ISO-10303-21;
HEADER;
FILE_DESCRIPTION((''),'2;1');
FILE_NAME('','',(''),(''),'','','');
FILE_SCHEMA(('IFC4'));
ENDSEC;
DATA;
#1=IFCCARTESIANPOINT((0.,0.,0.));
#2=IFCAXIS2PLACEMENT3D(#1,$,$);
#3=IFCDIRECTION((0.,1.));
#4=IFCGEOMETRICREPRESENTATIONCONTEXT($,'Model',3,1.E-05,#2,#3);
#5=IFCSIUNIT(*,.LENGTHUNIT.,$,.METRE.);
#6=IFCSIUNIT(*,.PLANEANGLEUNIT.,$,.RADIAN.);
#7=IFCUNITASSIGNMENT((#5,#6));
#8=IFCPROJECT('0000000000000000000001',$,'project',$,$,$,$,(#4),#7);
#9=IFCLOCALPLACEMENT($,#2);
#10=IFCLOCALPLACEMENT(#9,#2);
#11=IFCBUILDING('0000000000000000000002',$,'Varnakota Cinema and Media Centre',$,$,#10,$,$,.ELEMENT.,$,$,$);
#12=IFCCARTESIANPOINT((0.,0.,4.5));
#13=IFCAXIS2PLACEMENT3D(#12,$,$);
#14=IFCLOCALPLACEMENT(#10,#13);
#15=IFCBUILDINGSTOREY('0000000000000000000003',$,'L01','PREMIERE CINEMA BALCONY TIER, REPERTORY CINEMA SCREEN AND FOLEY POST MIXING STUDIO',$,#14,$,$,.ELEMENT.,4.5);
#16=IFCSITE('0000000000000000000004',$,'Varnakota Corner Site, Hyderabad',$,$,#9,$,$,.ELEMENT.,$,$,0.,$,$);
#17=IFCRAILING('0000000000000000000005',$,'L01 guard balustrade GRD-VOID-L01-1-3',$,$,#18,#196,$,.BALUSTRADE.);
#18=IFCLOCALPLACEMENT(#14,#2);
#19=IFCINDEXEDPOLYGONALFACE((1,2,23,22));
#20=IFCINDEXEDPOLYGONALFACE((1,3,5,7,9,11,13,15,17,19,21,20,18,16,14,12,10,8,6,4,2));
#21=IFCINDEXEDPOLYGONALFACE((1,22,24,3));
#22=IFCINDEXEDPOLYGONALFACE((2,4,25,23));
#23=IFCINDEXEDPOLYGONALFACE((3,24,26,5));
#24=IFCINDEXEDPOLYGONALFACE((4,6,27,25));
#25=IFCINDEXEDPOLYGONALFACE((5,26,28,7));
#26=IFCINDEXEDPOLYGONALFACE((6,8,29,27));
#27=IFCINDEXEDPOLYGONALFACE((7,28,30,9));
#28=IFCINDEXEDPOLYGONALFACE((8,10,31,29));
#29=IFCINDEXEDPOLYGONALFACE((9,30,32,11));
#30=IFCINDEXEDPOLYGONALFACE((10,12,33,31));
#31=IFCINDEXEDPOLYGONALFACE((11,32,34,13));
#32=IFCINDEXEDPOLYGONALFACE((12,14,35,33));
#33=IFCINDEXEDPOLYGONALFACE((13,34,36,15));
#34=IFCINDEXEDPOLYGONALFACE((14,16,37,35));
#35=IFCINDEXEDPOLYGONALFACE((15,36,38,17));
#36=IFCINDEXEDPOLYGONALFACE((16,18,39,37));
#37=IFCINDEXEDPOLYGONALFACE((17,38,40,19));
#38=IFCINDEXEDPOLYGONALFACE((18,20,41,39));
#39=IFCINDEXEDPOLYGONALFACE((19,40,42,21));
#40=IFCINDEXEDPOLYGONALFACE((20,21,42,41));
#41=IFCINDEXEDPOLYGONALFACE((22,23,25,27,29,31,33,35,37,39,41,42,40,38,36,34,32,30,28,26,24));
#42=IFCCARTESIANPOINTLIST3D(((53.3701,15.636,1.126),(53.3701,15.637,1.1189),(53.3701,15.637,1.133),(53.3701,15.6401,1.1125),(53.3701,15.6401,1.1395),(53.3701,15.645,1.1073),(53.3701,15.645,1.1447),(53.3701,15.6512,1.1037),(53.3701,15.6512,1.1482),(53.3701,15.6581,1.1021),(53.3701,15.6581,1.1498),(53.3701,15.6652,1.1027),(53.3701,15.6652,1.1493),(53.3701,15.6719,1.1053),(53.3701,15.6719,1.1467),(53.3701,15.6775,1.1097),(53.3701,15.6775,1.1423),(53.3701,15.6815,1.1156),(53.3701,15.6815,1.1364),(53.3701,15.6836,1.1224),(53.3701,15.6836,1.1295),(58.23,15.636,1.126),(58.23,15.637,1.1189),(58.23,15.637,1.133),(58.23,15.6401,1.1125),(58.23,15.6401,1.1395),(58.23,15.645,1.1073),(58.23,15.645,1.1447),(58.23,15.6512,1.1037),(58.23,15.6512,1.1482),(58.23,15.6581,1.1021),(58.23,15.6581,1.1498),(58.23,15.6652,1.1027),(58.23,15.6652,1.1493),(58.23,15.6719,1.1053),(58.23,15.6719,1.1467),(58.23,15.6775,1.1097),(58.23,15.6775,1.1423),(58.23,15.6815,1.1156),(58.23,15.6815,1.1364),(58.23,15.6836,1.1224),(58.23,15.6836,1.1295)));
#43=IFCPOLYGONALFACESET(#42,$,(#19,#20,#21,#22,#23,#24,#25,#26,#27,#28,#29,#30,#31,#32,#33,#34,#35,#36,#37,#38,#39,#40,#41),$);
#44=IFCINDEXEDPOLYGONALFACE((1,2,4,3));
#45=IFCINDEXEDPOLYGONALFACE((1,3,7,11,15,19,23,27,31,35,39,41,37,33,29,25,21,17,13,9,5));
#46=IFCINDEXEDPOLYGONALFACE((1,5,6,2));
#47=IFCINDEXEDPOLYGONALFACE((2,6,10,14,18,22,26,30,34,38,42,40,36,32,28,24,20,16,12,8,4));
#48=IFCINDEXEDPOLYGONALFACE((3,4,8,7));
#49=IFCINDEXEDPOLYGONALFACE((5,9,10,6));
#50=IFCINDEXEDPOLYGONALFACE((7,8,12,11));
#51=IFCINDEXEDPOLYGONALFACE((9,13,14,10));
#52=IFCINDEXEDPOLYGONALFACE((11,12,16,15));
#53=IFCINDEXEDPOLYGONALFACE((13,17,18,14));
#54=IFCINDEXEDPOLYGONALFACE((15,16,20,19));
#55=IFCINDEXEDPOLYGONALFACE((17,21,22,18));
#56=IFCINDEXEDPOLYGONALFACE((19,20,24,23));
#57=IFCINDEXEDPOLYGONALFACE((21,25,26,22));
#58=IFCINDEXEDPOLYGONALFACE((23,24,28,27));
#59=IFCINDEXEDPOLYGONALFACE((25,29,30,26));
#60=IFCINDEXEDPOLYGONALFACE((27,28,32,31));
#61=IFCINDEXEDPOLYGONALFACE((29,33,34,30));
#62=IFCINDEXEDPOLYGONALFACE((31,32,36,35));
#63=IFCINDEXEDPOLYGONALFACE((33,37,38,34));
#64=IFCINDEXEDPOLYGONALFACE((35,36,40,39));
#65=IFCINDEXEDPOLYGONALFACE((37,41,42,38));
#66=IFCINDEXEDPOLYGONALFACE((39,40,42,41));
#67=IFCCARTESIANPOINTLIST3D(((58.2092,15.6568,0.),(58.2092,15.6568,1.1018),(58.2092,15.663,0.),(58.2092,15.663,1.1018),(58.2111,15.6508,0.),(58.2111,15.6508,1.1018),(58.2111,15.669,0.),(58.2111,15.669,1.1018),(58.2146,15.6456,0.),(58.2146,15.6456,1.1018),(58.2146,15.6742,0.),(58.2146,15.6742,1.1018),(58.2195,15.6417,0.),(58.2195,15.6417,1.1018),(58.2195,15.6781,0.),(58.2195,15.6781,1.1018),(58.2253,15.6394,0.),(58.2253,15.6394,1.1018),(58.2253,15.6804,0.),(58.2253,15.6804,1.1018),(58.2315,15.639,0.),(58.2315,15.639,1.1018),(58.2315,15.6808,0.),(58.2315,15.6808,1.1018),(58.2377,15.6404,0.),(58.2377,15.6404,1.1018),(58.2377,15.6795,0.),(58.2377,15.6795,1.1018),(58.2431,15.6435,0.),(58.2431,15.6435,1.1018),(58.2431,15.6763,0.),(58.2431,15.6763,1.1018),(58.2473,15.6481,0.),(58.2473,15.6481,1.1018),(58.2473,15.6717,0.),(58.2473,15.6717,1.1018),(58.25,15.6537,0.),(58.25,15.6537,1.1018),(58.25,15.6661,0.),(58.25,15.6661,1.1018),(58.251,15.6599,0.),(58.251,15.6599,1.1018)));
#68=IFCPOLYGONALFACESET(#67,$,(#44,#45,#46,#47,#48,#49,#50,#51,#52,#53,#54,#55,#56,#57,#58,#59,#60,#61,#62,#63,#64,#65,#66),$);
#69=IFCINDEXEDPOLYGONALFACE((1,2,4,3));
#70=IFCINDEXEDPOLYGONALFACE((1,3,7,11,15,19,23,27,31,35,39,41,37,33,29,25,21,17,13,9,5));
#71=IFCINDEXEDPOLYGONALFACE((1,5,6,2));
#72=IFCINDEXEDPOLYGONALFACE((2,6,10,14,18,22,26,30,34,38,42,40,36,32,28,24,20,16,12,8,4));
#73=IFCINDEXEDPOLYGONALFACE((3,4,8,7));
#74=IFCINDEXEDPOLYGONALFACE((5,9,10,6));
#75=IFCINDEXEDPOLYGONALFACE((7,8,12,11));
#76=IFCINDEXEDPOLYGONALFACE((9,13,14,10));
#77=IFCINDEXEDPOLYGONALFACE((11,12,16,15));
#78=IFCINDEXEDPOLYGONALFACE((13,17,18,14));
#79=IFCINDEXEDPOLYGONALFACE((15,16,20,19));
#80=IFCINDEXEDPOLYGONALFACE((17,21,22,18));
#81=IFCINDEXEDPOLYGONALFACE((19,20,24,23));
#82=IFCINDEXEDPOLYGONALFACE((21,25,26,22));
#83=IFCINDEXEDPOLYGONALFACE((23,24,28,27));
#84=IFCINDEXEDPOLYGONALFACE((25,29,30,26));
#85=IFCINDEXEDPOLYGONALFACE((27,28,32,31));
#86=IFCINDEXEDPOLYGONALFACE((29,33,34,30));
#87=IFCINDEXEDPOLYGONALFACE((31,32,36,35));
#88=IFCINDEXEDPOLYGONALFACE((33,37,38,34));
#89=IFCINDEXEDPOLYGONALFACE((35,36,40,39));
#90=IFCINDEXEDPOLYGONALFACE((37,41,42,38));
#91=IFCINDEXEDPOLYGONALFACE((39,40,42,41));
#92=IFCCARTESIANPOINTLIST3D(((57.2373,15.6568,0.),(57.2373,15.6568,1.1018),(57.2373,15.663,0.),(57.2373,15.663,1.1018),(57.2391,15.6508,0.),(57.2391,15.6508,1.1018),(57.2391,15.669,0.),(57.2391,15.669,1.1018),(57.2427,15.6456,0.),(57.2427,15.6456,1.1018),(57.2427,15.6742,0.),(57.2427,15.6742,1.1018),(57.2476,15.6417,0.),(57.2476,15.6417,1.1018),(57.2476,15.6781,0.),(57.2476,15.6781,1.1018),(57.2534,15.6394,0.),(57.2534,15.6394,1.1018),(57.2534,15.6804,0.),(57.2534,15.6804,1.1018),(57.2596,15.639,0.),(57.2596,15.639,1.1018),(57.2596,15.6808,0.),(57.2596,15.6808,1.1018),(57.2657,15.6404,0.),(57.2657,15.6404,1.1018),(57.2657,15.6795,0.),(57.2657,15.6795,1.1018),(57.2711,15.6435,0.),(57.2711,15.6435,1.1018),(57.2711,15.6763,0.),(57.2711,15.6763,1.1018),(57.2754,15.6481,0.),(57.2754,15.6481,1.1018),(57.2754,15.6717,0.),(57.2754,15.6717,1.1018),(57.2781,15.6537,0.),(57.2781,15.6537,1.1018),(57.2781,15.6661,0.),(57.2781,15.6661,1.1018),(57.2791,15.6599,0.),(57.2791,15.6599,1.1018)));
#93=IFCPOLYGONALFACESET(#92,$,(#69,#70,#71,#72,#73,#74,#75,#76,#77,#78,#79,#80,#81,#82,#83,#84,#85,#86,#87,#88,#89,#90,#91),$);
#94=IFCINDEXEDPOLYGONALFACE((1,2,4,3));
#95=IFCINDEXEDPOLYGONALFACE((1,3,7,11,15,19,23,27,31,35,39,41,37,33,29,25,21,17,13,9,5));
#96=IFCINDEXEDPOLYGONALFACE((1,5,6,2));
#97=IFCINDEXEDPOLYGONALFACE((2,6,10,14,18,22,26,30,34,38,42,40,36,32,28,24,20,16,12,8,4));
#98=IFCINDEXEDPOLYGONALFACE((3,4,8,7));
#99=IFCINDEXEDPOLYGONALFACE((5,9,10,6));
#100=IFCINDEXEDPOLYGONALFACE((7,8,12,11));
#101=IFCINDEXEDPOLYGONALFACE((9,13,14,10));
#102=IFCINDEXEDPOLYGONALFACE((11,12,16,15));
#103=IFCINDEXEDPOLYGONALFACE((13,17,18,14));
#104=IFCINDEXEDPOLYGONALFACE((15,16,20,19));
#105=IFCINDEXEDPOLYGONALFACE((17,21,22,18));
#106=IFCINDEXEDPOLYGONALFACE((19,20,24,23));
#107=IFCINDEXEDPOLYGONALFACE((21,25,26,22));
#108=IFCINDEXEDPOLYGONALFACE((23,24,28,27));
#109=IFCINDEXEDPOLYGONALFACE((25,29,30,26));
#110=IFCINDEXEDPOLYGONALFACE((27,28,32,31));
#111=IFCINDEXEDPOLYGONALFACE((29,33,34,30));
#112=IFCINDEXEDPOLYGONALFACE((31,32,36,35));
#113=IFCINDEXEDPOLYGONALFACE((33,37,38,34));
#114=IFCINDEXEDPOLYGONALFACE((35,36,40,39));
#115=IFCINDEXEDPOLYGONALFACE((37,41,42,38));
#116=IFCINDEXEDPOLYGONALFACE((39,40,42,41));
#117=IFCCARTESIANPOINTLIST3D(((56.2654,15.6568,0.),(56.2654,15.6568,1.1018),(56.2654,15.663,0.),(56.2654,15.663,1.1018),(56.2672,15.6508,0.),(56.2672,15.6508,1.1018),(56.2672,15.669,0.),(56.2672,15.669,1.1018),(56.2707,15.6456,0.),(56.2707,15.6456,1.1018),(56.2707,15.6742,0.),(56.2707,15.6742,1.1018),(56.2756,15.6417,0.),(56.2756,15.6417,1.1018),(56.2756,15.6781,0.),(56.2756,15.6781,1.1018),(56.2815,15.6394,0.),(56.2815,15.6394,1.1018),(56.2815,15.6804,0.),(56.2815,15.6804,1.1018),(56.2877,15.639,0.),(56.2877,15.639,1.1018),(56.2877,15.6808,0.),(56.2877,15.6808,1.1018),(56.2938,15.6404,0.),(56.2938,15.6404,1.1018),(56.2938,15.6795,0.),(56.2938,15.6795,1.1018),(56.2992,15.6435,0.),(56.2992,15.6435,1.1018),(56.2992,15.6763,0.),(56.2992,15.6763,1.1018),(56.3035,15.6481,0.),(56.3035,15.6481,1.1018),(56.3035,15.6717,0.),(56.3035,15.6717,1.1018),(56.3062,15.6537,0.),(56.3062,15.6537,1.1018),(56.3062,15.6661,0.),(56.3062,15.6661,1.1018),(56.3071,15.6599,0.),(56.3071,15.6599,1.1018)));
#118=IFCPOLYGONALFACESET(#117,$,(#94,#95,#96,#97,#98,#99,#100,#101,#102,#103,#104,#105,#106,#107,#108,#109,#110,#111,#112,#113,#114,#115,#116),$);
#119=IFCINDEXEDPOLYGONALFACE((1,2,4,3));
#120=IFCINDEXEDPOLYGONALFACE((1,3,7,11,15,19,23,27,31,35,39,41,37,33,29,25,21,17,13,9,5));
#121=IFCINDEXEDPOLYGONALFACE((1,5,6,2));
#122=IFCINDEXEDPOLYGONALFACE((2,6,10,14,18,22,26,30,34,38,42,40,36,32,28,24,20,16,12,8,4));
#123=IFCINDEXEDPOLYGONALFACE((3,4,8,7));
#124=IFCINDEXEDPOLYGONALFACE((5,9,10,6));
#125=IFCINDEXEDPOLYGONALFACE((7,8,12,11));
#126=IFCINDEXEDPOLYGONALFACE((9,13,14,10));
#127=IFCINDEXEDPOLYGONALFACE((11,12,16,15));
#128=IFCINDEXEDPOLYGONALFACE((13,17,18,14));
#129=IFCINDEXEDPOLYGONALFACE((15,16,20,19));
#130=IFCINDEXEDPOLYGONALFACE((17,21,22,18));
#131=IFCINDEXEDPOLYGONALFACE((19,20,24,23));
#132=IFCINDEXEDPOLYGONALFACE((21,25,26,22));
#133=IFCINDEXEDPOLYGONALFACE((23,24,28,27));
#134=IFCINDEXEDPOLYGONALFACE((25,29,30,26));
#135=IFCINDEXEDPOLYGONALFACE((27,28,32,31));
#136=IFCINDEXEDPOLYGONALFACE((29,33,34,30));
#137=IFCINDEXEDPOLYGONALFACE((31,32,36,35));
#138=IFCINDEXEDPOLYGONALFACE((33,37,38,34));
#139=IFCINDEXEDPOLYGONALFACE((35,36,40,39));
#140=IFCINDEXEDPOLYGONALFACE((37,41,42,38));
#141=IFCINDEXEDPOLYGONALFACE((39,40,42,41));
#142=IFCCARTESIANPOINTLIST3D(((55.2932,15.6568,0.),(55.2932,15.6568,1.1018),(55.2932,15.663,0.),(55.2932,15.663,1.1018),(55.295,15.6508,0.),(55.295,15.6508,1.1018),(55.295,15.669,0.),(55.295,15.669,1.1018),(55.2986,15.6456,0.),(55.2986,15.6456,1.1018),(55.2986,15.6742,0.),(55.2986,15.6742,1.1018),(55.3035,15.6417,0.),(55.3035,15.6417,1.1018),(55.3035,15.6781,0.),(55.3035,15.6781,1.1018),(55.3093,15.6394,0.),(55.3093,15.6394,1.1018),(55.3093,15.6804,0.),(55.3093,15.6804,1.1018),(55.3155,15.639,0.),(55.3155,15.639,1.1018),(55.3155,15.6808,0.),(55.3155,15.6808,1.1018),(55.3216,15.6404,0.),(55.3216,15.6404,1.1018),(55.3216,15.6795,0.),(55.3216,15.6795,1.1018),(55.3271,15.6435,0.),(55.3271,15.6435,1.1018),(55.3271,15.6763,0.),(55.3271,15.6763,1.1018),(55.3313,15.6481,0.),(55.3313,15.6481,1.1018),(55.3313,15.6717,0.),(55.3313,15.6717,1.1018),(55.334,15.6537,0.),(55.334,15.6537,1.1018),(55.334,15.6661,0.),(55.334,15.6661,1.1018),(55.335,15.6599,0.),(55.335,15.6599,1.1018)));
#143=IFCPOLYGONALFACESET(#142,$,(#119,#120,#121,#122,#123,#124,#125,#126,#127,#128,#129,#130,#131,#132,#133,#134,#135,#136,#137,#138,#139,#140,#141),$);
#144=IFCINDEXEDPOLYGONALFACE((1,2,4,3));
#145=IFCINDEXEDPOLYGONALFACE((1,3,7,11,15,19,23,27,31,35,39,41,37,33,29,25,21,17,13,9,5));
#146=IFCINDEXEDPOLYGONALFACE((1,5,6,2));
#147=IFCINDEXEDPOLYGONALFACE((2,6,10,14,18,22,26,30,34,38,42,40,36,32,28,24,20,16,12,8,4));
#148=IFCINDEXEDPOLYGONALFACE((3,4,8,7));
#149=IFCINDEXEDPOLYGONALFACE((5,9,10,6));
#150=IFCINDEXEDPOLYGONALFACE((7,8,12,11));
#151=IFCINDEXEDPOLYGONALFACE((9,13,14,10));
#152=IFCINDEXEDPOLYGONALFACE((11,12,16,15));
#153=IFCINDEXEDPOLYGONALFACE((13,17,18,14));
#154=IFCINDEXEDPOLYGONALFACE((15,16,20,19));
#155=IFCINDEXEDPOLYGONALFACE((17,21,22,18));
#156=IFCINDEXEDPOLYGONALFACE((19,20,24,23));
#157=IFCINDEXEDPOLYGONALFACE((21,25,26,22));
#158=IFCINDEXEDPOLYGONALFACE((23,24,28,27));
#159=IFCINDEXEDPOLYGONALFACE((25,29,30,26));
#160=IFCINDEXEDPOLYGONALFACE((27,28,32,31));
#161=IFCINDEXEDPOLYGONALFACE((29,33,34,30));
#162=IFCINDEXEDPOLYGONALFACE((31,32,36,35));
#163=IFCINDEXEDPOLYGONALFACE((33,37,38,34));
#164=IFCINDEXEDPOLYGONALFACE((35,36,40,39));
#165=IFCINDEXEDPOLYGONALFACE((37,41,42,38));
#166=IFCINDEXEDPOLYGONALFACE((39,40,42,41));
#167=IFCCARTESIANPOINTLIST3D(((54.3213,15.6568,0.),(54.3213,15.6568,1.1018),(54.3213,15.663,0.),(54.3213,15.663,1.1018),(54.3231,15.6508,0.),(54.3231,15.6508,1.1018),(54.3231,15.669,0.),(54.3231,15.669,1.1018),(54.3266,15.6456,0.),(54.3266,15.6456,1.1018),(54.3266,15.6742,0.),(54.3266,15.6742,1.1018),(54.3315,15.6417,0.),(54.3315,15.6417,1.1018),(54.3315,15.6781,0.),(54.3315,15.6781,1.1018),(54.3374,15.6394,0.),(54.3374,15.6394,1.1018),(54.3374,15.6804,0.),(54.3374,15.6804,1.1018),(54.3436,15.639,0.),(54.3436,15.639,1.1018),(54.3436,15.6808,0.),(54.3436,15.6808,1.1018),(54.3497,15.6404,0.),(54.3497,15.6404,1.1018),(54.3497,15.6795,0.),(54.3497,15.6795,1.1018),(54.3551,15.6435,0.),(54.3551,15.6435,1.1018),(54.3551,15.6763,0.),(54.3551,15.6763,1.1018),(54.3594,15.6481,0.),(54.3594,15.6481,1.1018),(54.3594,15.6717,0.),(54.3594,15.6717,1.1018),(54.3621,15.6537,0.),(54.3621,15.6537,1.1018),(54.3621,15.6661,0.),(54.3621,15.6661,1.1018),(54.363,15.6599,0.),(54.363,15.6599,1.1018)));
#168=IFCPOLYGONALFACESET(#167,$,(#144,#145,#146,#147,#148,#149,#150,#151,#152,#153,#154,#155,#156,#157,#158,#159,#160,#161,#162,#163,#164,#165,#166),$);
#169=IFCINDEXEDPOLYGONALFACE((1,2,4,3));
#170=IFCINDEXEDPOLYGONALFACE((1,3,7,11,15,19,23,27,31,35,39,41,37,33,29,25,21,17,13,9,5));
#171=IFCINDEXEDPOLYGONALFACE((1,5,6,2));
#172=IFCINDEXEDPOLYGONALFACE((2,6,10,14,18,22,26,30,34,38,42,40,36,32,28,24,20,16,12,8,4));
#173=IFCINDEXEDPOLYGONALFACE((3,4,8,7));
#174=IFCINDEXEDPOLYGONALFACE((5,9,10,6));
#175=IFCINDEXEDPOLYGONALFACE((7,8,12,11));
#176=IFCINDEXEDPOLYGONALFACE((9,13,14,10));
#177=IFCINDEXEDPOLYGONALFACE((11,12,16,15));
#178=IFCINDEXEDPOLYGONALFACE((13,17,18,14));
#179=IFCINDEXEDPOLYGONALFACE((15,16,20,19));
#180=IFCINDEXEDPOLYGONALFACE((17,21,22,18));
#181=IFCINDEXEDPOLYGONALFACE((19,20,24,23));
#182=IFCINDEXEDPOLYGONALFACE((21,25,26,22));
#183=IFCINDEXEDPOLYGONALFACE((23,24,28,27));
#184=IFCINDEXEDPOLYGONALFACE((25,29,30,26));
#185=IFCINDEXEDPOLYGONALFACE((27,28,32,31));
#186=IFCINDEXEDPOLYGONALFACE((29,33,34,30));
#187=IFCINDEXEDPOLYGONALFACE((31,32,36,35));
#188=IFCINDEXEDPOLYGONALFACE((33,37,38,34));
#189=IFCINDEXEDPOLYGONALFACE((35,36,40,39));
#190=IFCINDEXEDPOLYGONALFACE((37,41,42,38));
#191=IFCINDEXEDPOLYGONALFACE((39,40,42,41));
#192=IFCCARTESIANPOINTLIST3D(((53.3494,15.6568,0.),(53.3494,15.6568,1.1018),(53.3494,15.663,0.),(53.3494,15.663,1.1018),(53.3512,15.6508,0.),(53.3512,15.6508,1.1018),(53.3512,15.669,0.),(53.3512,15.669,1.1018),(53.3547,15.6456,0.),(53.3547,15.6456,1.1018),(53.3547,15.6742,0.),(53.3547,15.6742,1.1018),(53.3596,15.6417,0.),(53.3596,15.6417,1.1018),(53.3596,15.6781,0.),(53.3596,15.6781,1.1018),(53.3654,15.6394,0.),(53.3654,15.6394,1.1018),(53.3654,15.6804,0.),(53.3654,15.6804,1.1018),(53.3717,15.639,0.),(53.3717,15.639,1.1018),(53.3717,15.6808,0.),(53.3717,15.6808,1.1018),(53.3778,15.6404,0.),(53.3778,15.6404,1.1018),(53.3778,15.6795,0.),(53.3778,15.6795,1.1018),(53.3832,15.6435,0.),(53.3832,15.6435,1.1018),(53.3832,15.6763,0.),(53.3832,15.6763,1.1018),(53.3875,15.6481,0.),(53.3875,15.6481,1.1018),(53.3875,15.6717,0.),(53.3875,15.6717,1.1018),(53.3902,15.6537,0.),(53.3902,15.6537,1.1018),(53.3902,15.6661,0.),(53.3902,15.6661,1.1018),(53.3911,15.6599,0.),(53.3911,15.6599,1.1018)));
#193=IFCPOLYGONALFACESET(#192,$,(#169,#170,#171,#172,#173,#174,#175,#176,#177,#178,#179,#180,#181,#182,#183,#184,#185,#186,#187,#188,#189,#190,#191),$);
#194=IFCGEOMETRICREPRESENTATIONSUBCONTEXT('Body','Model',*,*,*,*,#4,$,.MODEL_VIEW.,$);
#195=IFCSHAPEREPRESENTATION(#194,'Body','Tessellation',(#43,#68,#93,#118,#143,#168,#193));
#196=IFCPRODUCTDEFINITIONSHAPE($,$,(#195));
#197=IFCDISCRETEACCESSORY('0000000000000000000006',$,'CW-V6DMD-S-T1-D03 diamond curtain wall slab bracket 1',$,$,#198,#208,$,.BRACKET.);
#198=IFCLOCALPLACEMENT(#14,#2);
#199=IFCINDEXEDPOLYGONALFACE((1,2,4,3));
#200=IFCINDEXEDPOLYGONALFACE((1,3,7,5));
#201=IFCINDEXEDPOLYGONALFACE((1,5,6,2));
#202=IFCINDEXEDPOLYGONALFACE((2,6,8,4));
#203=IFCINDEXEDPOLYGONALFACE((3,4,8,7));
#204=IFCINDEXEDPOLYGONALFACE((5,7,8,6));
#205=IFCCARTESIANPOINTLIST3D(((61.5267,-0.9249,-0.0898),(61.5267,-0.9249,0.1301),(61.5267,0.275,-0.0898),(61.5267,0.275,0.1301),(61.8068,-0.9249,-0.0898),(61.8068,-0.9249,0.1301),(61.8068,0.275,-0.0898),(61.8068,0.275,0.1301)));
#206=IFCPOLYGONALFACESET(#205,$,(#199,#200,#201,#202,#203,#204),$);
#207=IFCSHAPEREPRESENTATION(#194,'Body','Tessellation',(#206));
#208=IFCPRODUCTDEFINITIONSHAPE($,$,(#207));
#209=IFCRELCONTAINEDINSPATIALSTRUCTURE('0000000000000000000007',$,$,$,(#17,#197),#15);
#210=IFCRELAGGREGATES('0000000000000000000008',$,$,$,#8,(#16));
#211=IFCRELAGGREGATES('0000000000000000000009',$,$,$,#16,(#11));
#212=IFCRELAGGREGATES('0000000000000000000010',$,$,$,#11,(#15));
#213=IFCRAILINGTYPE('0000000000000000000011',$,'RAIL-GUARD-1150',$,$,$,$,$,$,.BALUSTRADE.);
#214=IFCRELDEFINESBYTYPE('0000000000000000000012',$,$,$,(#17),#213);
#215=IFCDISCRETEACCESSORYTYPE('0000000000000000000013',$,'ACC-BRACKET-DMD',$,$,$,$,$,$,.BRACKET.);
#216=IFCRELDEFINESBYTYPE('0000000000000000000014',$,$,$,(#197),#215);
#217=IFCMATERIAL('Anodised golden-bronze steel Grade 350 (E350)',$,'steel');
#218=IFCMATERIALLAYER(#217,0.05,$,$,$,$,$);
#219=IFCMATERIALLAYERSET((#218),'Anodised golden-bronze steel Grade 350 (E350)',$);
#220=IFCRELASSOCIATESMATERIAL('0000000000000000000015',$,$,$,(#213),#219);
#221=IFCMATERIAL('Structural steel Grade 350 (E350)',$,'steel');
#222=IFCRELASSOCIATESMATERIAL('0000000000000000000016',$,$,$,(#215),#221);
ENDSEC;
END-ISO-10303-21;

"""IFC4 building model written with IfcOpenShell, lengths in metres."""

from ifc_helpers import new_model, si_unit, direction, frame, origin, origin_2d, place, context, subcontext, project, spatial, rectangle, circle, extrude, material, layer, layer_set, type_object, element, save


model = new_model("IFC4")

# Units and contexts
model_context = context("Model", 3, precision=1e-05, world=origin(), true_north=direction((0.0, 1.0)))
body_context = subcontext(model_context, "Body", "Model", "MODEL_VIEW")
ifc_project = project(units=[si_unit("LENGTHUNIT", "METRE"), si_unit("PLANEANGLEUNIT", "RADIAN")], contexts=[model_context])

# Site, building, storey
site_placement = place(None, origin())
site = spatial("IfcSite", under=ifc_project, at=site_placement, Name="Varnakota Corner Site, Hyderabad", CompositionType="ELEMENT", RefElevation=0.0)
building_placement = place(site_placement, origin())
building = spatial("IfcBuilding", under=site, at=building_placement, Name="Varnakota Cinema and Media Centre", CompositionType="ELEMENT")
storey_placement = place(building_placement, frame((0.0, 0.0, 4.5)))
storey = spatial("IfcBuildingStorey", under=building, at=storey_placement, Name="L01", Description="PREMIERE CINEMA BALCONY TIER, REPERTORY CINEMA SCREEN AND FOLEY POST MIXING STUDIO", CompositionType="ELEMENT", Elevation=4.5)

# Railing
ifc_material_1 = material(Name="Anodised golden-bronze steel Grade 350 (E350)", Category="steel")
ifc_layer_1 = layer(ifc_material_1, 0.05)
ifc_layer_set_1 = layer_set([ifc_layer_1], Name="Anodised golden-bronze steel Grade 350 (E350)")
railing_type = type_object("IfcRailingType", Name="RAIL-GUARD-1150", PredefinedType="BALUSTRADE", material=ifc_layer_set_1)
railing_1_placement = place(storey_placement, frame((58.23, 15.6599, 0.0)))
element("IfcRailing", 1, at=railing_1_placement, inside=storey, type_object=railing_type, Name="L01 guard balustrade GRD-VOID-L01-1-3", PredefinedType="BALUSTRADE", context=body_context, shape_type="SweptSolid", body=[
    extrude(circle(Radius=0.0239, at=origin_2d()), frame((0.0, 0.0, 1.126), z_axis=(-1.0, 0.0, 0.0), x_axis=(0.0, -1.0, 0.0)), (0.0, 0.0, 1.0), 4.8599),
    extrude(circle(Radius=0.021, at=origin_2d()), origin(), (0.0, 0.0, 1.0), 1.1018),
    extrude(circle(Radius=0.021, at=origin_2d()), frame((-0.9719, 0.0, 0.0)), (0.0, 0.0, 1.0), 1.1018),
    extrude(circle(Radius=0.021, at=origin_2d()), frame((-1.9438, 0.0, 0.0)), (0.0, 0.0, 1.0), 1.1018),
    extrude(circle(Radius=0.021, at=origin_2d()), frame((-2.916, 0.0, 0.0)), (0.0, 0.0, 1.0), 1.1018),
    extrude(circle(Radius=0.021, at=origin_2d()), frame((-3.8879, 0.0, 0.0)), (0.0, 0.0, 1.0), 1.1018),
    extrude(circle(Radius=0.021, at=origin_2d()), frame((-4.8599, 0.0, 0.0)), (0.0, 0.0, 1.0), 1.1018),
])

# Discrete accessory
ifc_material_2 = material(Name="Structural steel Grade 350 (E350)", Category="steel")
discrete_accessory_type = type_object("IfcDiscreteAccessoryType", Name="ACC-BRACKET-DMD", PredefinedType="BRACKET", material=ifc_material_2)
for number, where, z_axis, x_axis, name in (
    (2, (61.6667, -0.325, -0.0898), (0.0, 0.0, 1.0), (-1.0, 0.0, 0.0), "CW-V6DMD-S-T1-D03 diamond curtain wall slab bracket 1"),
):
    element("IfcDiscreteAccessory", number, at=place(storey_placement, frame(where, z_axis=z_axis, x_axis=x_axis)), inside=storey, type_object=discrete_accessory_type, Name=name, PredefinedType="BRACKET", context=body_context, shape_type="SweptSolid", body=[
        extrude(rectangle(XDim=0.28, YDim=1.2, at=origin_2d()), origin(), (0.0, 0.0, 1.0), 0.22),
    ])

save(model, "model.ifc")
